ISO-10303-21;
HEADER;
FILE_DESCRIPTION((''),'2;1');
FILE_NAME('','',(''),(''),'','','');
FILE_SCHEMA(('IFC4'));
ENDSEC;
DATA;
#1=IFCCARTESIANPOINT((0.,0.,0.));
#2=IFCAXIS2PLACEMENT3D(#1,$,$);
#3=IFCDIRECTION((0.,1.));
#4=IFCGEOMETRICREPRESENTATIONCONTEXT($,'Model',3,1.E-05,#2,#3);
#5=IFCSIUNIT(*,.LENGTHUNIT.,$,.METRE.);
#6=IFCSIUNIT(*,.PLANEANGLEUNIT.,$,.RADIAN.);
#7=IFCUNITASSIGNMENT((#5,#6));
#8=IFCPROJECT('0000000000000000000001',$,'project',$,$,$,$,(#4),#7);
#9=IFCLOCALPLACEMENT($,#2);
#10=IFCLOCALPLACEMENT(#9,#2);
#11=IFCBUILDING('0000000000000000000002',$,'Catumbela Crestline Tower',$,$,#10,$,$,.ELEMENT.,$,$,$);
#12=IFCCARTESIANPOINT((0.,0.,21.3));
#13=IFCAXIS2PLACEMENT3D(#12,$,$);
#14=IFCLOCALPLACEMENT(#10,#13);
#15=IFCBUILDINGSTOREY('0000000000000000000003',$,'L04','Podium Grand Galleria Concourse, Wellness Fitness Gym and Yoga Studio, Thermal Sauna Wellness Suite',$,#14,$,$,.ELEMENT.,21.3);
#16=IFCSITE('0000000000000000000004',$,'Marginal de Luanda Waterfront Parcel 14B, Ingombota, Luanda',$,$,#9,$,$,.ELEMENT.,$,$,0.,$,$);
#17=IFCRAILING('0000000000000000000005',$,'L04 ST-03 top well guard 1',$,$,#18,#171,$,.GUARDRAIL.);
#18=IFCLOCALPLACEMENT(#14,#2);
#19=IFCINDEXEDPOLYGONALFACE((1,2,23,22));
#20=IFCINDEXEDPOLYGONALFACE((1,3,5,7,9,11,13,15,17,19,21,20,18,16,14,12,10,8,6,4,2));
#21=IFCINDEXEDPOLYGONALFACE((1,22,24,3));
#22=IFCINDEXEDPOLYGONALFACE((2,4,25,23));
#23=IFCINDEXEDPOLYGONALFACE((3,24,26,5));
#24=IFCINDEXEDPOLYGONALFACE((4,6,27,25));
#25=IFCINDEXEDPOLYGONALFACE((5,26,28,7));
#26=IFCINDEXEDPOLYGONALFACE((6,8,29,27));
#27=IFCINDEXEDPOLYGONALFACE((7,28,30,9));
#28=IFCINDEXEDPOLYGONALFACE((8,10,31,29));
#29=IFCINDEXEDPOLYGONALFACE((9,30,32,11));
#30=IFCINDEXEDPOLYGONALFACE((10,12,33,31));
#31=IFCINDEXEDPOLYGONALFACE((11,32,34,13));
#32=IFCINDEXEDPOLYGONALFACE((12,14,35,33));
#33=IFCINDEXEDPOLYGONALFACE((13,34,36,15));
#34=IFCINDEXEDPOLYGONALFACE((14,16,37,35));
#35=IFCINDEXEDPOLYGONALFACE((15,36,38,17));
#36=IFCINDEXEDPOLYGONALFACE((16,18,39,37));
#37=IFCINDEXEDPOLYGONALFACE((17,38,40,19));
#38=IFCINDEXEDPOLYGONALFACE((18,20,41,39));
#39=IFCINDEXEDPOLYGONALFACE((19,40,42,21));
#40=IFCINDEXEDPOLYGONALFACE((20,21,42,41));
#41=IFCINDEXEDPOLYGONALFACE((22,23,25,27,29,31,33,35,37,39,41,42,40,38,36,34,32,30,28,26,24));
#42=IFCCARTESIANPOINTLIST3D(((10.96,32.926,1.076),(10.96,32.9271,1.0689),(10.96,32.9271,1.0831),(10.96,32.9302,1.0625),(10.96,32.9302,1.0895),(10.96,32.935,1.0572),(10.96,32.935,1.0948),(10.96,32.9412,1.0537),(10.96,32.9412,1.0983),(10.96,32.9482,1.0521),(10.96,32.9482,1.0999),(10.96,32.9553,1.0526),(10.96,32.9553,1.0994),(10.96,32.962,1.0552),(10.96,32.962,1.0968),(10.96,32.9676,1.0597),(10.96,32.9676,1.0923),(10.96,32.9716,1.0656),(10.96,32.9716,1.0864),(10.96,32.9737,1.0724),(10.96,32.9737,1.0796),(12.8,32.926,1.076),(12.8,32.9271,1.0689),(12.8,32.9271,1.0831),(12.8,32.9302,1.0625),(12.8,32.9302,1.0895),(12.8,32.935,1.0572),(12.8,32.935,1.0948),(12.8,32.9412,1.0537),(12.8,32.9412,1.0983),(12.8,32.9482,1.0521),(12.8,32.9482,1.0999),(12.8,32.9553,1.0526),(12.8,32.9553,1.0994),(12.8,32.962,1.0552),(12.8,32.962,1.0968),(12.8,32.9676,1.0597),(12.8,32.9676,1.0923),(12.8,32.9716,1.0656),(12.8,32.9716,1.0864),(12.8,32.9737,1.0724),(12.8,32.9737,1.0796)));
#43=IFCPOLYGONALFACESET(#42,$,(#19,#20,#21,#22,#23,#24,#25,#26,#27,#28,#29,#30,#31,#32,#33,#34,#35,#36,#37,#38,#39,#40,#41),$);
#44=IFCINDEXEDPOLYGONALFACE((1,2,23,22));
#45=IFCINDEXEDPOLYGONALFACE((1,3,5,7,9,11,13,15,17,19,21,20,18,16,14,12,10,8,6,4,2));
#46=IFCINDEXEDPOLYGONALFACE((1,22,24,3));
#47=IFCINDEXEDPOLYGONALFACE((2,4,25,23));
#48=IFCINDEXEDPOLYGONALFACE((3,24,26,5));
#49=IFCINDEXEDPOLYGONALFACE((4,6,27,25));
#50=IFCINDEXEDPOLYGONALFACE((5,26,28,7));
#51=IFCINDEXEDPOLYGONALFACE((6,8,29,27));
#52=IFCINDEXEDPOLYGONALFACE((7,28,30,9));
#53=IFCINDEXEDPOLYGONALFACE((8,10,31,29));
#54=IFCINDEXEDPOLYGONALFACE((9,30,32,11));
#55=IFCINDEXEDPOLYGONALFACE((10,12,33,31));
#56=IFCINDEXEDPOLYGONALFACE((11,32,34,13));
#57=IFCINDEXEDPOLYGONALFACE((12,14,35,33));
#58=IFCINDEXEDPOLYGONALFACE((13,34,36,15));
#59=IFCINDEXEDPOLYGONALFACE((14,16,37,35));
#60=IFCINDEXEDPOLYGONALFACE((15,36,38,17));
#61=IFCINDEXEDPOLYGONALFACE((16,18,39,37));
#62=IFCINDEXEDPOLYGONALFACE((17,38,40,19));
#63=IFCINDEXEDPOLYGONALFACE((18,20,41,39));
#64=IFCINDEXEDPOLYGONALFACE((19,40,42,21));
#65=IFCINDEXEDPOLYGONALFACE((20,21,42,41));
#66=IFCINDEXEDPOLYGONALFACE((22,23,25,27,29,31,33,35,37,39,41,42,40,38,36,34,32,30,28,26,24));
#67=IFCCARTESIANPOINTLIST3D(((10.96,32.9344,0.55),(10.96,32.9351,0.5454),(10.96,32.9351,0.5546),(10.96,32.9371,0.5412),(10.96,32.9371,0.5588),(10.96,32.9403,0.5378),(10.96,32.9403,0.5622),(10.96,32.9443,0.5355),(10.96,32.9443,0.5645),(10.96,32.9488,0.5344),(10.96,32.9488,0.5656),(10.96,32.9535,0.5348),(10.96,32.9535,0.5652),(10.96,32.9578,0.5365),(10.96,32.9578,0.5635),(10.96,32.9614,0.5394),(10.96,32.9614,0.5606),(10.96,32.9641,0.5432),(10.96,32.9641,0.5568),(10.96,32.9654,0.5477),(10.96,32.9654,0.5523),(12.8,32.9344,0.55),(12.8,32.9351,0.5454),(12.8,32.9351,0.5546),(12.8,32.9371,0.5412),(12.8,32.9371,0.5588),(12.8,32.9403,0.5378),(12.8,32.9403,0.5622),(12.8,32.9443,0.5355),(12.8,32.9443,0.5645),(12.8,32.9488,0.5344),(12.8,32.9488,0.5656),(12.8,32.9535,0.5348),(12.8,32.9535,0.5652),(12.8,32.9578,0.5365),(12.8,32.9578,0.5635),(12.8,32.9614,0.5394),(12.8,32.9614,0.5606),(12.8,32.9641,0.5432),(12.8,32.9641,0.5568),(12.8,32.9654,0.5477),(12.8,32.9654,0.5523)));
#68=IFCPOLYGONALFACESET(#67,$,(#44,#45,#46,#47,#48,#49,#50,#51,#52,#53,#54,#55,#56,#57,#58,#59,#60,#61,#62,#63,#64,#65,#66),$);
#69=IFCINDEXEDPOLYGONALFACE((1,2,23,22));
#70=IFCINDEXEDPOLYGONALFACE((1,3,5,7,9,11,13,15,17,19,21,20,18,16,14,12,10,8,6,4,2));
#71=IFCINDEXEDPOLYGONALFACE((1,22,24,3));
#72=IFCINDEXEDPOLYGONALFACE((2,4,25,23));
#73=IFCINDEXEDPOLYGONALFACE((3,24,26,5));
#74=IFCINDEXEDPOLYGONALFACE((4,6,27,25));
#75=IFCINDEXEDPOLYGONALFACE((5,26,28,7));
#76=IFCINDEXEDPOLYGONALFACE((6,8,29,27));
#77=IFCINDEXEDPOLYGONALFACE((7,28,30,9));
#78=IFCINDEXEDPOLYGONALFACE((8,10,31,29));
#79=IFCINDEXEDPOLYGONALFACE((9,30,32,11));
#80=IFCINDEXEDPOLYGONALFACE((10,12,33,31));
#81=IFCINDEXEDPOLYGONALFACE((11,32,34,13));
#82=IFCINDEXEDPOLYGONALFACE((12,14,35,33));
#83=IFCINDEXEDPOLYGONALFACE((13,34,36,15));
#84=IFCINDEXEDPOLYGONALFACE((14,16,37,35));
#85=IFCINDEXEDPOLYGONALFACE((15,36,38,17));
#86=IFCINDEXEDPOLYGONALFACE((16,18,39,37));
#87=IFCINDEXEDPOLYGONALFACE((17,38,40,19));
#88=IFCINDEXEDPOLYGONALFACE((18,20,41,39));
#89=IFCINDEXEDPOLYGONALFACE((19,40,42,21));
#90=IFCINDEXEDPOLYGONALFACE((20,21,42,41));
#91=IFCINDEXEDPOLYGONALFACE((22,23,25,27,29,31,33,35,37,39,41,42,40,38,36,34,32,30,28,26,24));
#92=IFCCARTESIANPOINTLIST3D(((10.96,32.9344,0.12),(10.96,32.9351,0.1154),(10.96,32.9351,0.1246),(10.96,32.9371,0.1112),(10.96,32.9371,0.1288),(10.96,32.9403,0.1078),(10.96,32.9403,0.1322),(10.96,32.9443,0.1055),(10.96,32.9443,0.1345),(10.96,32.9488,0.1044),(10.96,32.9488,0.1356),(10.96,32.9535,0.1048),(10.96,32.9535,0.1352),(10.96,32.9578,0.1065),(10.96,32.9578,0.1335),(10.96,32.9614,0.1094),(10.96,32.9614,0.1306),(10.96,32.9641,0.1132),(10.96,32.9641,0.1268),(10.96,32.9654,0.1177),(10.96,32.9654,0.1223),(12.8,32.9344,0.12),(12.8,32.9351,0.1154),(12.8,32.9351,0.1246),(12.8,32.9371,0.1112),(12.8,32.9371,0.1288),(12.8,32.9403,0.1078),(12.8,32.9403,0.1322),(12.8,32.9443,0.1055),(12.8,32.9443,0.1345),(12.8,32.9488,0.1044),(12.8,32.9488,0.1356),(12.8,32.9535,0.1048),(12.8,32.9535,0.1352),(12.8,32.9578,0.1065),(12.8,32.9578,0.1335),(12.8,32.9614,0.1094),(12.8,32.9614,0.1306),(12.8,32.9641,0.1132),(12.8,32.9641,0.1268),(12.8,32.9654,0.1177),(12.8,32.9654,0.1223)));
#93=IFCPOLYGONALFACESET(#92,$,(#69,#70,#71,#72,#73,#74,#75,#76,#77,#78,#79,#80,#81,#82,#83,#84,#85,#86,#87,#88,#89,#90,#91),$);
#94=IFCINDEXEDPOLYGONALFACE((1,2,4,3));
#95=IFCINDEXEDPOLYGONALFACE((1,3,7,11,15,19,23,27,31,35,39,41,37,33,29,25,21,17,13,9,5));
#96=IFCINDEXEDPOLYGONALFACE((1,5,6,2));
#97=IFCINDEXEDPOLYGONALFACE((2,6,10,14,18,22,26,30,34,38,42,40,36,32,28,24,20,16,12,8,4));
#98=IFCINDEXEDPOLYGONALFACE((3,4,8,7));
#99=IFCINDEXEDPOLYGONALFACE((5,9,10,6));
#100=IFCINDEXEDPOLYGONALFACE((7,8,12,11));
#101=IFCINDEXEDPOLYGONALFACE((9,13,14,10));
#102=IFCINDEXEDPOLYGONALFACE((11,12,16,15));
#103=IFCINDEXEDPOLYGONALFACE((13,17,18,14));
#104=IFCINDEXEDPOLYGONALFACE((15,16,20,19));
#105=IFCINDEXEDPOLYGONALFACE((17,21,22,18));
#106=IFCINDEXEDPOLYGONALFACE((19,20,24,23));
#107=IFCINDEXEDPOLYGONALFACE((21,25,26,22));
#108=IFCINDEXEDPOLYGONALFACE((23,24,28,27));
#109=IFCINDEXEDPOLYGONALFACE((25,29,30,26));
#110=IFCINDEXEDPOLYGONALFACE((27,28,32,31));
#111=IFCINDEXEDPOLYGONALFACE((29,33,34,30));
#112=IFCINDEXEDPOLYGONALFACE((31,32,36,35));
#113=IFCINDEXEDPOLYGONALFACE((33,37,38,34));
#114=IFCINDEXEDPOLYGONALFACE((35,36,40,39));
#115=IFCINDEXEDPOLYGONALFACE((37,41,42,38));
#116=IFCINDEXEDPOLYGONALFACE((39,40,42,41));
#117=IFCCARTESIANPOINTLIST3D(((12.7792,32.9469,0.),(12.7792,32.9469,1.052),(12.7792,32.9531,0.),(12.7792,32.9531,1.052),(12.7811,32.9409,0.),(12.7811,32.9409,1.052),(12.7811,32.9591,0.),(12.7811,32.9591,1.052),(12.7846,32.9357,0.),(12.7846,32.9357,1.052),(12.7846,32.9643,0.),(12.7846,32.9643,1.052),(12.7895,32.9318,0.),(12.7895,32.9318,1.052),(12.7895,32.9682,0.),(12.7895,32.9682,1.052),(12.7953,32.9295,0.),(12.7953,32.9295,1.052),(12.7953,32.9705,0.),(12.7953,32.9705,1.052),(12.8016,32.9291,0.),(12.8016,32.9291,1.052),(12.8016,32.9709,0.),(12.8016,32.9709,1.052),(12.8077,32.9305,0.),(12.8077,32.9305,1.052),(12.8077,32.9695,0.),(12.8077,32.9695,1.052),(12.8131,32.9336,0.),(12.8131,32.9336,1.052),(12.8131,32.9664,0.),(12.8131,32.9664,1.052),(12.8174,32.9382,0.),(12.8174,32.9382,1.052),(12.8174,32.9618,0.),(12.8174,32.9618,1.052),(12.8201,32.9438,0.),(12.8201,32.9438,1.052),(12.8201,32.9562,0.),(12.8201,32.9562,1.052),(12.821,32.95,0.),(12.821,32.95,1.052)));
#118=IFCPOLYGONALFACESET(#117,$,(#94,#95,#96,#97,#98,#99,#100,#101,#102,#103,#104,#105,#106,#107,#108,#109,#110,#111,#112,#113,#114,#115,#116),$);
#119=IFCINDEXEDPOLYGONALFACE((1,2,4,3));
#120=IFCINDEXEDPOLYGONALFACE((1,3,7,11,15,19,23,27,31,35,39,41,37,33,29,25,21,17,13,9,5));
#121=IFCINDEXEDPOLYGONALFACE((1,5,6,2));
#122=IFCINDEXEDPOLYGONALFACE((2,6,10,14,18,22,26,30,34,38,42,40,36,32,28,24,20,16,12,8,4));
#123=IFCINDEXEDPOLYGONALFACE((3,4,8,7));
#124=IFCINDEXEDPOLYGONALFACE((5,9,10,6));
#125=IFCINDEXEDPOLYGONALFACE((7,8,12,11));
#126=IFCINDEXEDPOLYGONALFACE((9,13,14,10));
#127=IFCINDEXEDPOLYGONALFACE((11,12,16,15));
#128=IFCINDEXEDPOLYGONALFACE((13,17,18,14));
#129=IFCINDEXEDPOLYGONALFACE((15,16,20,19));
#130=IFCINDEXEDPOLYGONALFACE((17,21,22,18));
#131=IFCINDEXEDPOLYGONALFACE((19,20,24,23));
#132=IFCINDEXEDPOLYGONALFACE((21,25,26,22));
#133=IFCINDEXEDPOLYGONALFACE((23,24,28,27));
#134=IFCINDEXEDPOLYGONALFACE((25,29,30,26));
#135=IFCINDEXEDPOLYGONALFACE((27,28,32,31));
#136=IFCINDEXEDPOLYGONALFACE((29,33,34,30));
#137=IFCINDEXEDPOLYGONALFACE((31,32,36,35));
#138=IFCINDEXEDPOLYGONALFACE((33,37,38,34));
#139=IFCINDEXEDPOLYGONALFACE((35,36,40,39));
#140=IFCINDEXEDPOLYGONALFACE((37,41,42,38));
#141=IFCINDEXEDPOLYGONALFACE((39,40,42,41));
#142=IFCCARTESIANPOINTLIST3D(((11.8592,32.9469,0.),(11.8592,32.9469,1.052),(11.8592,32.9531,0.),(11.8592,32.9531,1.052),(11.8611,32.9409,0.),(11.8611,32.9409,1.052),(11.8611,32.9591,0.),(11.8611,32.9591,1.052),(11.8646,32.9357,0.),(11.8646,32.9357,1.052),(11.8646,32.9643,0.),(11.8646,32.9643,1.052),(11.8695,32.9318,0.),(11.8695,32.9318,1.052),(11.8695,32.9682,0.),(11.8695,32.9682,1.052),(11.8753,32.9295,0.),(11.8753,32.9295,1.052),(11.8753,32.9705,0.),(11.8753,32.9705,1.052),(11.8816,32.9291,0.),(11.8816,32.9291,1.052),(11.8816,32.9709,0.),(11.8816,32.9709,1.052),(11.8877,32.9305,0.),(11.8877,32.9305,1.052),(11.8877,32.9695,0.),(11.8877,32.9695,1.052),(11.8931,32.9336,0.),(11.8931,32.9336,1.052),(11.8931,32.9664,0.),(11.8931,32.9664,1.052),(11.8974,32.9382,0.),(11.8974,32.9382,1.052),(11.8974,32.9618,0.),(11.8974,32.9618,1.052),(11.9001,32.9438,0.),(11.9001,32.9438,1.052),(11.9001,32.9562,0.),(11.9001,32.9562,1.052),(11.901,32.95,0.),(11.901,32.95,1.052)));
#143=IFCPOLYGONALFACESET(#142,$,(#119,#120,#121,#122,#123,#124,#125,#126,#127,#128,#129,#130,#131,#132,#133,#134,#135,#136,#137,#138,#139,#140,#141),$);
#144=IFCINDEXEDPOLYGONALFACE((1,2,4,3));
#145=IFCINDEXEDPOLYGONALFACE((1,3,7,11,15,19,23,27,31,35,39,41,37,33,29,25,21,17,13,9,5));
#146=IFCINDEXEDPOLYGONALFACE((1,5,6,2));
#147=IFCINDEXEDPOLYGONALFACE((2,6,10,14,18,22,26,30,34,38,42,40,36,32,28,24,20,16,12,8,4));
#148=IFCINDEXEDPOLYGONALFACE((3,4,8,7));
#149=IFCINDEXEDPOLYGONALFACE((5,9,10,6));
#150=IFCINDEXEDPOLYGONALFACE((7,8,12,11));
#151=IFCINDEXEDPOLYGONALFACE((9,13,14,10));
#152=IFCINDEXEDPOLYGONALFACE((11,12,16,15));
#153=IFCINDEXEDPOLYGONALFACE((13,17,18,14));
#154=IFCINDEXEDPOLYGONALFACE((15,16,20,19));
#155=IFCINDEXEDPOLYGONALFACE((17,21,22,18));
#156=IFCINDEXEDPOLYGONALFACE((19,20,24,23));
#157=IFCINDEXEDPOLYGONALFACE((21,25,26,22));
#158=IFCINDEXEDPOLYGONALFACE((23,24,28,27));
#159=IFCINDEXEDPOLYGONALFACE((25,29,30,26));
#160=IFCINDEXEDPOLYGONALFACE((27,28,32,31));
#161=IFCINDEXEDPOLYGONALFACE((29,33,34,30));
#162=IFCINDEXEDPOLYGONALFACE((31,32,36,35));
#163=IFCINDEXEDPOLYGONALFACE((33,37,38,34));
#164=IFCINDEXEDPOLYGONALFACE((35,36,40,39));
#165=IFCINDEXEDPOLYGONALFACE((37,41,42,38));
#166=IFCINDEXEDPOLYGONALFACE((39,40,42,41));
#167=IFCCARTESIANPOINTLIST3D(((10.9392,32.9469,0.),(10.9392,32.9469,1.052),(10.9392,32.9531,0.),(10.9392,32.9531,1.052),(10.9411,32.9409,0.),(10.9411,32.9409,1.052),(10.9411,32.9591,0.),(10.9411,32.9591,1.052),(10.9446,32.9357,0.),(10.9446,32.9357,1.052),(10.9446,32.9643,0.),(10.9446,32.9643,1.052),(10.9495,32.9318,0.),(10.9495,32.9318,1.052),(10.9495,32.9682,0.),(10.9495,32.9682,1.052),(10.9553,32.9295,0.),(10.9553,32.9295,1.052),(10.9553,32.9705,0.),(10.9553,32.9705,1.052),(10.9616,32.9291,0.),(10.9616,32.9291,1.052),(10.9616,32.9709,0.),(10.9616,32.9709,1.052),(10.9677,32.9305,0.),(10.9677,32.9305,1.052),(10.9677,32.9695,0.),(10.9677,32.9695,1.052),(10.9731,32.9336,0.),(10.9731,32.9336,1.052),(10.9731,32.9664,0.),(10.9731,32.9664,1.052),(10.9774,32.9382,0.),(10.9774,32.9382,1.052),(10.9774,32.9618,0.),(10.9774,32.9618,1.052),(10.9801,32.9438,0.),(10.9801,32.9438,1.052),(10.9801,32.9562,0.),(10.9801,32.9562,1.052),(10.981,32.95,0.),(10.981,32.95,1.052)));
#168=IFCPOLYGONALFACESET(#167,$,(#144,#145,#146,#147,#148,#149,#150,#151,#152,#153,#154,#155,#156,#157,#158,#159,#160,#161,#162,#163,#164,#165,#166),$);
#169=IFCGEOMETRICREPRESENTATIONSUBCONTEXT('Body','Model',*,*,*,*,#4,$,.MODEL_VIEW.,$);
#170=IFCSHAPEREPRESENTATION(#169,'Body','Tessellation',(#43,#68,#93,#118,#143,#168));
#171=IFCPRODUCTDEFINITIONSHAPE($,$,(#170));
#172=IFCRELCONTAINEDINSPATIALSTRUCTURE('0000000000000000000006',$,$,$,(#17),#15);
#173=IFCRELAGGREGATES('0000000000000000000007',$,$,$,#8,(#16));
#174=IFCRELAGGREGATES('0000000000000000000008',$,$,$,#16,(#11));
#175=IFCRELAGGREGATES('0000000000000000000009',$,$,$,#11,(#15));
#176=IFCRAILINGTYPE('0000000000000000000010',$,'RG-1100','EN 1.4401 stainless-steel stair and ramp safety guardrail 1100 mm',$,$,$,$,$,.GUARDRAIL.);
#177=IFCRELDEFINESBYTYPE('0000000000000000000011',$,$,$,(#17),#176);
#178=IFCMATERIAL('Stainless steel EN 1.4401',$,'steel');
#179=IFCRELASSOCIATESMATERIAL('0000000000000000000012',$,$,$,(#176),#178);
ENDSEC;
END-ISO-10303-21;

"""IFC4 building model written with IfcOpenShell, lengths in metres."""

from ifc_helpers import new_model, si_unit, direction, frame, origin, origin_2d, place, context, subcontext, project, spatial, circle, extrude, material, type_object, element, save


model = new_model("IFC4")

# Units and contexts
model_context = context("Model", 3, precision=1e-05, world=origin(), true_north=direction((0.0, 1.0)))
body_context = subcontext(model_context, "Body", "Model", "MODEL_VIEW")
ifc_project = project(units=[si_unit("LENGTHUNIT", "METRE"), si_unit("PLANEANGLEUNIT", "RADIAN")], contexts=[model_context])

# Site, building, storey
site_placement = place(None, origin())
site = spatial("IfcSite", under=ifc_project, at=site_placement, Name="Marginal de Luanda Waterfront Parcel 14B, Ingombota, Luanda", CompositionType="ELEMENT", RefElevation=0.0)
building_placement = place(site_placement, origin())
building = spatial("IfcBuilding", under=site, at=building_placement, Name="Catumbela Crestline Tower", CompositionType="ELEMENT")
storey_placement = place(building_placement, frame((0.0, 0.0, 21.3)))
storey = spatial("IfcBuildingStorey", under=building, at=storey_placement, Name="L04", Description="Podium Grand Galleria Concourse, Wellness Fitness Gym and Yoga Studio, Thermal Sauna Wellness Suite", CompositionType="ELEMENT", Elevation=21.3)

# Shared definitions
ifc_material_1 = material(Name="Stainless steel EN 1.4401", Category="steel")

# Railing
railing_type_1 = type_object("IfcRailingType", Name="RG-1100", Description="EN 1.4401 stainless-steel stair and ramp safety guardrail 1100 mm", PredefinedType="GUARDRAIL", material=ifc_material_1)
railing_1_placement = place(storey_placement, frame((12.8, 32.95, 0.0)))
element("IfcRailing", 1, at=railing_1_placement, inside=storey, type_object=railing_type_1, Name="L04 ST-03 top well guard 1", PredefinedType="GUARDRAIL", context=body_context, shape_type="SweptSolid", body=[
    extrude(circle(Radius=0.024, at=origin_2d()), frame((0.0, 0.0, 1.076), z_axis=(-1.0, 0.0, 0.0), x_axis=(0.0, -1.0, 0.0)), (0.0, 0.0, 1.0), 1.84),
    extrude(circle(Radius=0.0156, at=origin_2d()), frame((0.0, 0.0, 0.55), z_axis=(-1.0, 0.0, 0.0), x_axis=(0.0, -1.0, 0.0)), (0.0, 0.0, 1.0), 1.84),
    extrude(circle(Radius=0.0156, at=origin_2d()), frame((0.0, 0.0, 0.12), z_axis=(-1.0, 0.0, 0.0), x_axis=(0.0, -1.0, 0.0)), (0.0, 0.0, 1.0), 1.84),
    extrude(circle(Radius=0.021, at=origin_2d()), origin(), (0.0, 0.0, 1.0), 1.052),
    extrude(circle(Radius=0.021, at=origin_2d()), frame((-0.92, 0.0, 0.0)), (0.0, 0.0, 1.0), 1.052),
    extrude(circle(Radius=0.021, at=origin_2d()), frame((-1.84, 0.0, 0.0)), (0.0, 0.0, 1.0), 1.052),
])

save(model, "model.ifc")
